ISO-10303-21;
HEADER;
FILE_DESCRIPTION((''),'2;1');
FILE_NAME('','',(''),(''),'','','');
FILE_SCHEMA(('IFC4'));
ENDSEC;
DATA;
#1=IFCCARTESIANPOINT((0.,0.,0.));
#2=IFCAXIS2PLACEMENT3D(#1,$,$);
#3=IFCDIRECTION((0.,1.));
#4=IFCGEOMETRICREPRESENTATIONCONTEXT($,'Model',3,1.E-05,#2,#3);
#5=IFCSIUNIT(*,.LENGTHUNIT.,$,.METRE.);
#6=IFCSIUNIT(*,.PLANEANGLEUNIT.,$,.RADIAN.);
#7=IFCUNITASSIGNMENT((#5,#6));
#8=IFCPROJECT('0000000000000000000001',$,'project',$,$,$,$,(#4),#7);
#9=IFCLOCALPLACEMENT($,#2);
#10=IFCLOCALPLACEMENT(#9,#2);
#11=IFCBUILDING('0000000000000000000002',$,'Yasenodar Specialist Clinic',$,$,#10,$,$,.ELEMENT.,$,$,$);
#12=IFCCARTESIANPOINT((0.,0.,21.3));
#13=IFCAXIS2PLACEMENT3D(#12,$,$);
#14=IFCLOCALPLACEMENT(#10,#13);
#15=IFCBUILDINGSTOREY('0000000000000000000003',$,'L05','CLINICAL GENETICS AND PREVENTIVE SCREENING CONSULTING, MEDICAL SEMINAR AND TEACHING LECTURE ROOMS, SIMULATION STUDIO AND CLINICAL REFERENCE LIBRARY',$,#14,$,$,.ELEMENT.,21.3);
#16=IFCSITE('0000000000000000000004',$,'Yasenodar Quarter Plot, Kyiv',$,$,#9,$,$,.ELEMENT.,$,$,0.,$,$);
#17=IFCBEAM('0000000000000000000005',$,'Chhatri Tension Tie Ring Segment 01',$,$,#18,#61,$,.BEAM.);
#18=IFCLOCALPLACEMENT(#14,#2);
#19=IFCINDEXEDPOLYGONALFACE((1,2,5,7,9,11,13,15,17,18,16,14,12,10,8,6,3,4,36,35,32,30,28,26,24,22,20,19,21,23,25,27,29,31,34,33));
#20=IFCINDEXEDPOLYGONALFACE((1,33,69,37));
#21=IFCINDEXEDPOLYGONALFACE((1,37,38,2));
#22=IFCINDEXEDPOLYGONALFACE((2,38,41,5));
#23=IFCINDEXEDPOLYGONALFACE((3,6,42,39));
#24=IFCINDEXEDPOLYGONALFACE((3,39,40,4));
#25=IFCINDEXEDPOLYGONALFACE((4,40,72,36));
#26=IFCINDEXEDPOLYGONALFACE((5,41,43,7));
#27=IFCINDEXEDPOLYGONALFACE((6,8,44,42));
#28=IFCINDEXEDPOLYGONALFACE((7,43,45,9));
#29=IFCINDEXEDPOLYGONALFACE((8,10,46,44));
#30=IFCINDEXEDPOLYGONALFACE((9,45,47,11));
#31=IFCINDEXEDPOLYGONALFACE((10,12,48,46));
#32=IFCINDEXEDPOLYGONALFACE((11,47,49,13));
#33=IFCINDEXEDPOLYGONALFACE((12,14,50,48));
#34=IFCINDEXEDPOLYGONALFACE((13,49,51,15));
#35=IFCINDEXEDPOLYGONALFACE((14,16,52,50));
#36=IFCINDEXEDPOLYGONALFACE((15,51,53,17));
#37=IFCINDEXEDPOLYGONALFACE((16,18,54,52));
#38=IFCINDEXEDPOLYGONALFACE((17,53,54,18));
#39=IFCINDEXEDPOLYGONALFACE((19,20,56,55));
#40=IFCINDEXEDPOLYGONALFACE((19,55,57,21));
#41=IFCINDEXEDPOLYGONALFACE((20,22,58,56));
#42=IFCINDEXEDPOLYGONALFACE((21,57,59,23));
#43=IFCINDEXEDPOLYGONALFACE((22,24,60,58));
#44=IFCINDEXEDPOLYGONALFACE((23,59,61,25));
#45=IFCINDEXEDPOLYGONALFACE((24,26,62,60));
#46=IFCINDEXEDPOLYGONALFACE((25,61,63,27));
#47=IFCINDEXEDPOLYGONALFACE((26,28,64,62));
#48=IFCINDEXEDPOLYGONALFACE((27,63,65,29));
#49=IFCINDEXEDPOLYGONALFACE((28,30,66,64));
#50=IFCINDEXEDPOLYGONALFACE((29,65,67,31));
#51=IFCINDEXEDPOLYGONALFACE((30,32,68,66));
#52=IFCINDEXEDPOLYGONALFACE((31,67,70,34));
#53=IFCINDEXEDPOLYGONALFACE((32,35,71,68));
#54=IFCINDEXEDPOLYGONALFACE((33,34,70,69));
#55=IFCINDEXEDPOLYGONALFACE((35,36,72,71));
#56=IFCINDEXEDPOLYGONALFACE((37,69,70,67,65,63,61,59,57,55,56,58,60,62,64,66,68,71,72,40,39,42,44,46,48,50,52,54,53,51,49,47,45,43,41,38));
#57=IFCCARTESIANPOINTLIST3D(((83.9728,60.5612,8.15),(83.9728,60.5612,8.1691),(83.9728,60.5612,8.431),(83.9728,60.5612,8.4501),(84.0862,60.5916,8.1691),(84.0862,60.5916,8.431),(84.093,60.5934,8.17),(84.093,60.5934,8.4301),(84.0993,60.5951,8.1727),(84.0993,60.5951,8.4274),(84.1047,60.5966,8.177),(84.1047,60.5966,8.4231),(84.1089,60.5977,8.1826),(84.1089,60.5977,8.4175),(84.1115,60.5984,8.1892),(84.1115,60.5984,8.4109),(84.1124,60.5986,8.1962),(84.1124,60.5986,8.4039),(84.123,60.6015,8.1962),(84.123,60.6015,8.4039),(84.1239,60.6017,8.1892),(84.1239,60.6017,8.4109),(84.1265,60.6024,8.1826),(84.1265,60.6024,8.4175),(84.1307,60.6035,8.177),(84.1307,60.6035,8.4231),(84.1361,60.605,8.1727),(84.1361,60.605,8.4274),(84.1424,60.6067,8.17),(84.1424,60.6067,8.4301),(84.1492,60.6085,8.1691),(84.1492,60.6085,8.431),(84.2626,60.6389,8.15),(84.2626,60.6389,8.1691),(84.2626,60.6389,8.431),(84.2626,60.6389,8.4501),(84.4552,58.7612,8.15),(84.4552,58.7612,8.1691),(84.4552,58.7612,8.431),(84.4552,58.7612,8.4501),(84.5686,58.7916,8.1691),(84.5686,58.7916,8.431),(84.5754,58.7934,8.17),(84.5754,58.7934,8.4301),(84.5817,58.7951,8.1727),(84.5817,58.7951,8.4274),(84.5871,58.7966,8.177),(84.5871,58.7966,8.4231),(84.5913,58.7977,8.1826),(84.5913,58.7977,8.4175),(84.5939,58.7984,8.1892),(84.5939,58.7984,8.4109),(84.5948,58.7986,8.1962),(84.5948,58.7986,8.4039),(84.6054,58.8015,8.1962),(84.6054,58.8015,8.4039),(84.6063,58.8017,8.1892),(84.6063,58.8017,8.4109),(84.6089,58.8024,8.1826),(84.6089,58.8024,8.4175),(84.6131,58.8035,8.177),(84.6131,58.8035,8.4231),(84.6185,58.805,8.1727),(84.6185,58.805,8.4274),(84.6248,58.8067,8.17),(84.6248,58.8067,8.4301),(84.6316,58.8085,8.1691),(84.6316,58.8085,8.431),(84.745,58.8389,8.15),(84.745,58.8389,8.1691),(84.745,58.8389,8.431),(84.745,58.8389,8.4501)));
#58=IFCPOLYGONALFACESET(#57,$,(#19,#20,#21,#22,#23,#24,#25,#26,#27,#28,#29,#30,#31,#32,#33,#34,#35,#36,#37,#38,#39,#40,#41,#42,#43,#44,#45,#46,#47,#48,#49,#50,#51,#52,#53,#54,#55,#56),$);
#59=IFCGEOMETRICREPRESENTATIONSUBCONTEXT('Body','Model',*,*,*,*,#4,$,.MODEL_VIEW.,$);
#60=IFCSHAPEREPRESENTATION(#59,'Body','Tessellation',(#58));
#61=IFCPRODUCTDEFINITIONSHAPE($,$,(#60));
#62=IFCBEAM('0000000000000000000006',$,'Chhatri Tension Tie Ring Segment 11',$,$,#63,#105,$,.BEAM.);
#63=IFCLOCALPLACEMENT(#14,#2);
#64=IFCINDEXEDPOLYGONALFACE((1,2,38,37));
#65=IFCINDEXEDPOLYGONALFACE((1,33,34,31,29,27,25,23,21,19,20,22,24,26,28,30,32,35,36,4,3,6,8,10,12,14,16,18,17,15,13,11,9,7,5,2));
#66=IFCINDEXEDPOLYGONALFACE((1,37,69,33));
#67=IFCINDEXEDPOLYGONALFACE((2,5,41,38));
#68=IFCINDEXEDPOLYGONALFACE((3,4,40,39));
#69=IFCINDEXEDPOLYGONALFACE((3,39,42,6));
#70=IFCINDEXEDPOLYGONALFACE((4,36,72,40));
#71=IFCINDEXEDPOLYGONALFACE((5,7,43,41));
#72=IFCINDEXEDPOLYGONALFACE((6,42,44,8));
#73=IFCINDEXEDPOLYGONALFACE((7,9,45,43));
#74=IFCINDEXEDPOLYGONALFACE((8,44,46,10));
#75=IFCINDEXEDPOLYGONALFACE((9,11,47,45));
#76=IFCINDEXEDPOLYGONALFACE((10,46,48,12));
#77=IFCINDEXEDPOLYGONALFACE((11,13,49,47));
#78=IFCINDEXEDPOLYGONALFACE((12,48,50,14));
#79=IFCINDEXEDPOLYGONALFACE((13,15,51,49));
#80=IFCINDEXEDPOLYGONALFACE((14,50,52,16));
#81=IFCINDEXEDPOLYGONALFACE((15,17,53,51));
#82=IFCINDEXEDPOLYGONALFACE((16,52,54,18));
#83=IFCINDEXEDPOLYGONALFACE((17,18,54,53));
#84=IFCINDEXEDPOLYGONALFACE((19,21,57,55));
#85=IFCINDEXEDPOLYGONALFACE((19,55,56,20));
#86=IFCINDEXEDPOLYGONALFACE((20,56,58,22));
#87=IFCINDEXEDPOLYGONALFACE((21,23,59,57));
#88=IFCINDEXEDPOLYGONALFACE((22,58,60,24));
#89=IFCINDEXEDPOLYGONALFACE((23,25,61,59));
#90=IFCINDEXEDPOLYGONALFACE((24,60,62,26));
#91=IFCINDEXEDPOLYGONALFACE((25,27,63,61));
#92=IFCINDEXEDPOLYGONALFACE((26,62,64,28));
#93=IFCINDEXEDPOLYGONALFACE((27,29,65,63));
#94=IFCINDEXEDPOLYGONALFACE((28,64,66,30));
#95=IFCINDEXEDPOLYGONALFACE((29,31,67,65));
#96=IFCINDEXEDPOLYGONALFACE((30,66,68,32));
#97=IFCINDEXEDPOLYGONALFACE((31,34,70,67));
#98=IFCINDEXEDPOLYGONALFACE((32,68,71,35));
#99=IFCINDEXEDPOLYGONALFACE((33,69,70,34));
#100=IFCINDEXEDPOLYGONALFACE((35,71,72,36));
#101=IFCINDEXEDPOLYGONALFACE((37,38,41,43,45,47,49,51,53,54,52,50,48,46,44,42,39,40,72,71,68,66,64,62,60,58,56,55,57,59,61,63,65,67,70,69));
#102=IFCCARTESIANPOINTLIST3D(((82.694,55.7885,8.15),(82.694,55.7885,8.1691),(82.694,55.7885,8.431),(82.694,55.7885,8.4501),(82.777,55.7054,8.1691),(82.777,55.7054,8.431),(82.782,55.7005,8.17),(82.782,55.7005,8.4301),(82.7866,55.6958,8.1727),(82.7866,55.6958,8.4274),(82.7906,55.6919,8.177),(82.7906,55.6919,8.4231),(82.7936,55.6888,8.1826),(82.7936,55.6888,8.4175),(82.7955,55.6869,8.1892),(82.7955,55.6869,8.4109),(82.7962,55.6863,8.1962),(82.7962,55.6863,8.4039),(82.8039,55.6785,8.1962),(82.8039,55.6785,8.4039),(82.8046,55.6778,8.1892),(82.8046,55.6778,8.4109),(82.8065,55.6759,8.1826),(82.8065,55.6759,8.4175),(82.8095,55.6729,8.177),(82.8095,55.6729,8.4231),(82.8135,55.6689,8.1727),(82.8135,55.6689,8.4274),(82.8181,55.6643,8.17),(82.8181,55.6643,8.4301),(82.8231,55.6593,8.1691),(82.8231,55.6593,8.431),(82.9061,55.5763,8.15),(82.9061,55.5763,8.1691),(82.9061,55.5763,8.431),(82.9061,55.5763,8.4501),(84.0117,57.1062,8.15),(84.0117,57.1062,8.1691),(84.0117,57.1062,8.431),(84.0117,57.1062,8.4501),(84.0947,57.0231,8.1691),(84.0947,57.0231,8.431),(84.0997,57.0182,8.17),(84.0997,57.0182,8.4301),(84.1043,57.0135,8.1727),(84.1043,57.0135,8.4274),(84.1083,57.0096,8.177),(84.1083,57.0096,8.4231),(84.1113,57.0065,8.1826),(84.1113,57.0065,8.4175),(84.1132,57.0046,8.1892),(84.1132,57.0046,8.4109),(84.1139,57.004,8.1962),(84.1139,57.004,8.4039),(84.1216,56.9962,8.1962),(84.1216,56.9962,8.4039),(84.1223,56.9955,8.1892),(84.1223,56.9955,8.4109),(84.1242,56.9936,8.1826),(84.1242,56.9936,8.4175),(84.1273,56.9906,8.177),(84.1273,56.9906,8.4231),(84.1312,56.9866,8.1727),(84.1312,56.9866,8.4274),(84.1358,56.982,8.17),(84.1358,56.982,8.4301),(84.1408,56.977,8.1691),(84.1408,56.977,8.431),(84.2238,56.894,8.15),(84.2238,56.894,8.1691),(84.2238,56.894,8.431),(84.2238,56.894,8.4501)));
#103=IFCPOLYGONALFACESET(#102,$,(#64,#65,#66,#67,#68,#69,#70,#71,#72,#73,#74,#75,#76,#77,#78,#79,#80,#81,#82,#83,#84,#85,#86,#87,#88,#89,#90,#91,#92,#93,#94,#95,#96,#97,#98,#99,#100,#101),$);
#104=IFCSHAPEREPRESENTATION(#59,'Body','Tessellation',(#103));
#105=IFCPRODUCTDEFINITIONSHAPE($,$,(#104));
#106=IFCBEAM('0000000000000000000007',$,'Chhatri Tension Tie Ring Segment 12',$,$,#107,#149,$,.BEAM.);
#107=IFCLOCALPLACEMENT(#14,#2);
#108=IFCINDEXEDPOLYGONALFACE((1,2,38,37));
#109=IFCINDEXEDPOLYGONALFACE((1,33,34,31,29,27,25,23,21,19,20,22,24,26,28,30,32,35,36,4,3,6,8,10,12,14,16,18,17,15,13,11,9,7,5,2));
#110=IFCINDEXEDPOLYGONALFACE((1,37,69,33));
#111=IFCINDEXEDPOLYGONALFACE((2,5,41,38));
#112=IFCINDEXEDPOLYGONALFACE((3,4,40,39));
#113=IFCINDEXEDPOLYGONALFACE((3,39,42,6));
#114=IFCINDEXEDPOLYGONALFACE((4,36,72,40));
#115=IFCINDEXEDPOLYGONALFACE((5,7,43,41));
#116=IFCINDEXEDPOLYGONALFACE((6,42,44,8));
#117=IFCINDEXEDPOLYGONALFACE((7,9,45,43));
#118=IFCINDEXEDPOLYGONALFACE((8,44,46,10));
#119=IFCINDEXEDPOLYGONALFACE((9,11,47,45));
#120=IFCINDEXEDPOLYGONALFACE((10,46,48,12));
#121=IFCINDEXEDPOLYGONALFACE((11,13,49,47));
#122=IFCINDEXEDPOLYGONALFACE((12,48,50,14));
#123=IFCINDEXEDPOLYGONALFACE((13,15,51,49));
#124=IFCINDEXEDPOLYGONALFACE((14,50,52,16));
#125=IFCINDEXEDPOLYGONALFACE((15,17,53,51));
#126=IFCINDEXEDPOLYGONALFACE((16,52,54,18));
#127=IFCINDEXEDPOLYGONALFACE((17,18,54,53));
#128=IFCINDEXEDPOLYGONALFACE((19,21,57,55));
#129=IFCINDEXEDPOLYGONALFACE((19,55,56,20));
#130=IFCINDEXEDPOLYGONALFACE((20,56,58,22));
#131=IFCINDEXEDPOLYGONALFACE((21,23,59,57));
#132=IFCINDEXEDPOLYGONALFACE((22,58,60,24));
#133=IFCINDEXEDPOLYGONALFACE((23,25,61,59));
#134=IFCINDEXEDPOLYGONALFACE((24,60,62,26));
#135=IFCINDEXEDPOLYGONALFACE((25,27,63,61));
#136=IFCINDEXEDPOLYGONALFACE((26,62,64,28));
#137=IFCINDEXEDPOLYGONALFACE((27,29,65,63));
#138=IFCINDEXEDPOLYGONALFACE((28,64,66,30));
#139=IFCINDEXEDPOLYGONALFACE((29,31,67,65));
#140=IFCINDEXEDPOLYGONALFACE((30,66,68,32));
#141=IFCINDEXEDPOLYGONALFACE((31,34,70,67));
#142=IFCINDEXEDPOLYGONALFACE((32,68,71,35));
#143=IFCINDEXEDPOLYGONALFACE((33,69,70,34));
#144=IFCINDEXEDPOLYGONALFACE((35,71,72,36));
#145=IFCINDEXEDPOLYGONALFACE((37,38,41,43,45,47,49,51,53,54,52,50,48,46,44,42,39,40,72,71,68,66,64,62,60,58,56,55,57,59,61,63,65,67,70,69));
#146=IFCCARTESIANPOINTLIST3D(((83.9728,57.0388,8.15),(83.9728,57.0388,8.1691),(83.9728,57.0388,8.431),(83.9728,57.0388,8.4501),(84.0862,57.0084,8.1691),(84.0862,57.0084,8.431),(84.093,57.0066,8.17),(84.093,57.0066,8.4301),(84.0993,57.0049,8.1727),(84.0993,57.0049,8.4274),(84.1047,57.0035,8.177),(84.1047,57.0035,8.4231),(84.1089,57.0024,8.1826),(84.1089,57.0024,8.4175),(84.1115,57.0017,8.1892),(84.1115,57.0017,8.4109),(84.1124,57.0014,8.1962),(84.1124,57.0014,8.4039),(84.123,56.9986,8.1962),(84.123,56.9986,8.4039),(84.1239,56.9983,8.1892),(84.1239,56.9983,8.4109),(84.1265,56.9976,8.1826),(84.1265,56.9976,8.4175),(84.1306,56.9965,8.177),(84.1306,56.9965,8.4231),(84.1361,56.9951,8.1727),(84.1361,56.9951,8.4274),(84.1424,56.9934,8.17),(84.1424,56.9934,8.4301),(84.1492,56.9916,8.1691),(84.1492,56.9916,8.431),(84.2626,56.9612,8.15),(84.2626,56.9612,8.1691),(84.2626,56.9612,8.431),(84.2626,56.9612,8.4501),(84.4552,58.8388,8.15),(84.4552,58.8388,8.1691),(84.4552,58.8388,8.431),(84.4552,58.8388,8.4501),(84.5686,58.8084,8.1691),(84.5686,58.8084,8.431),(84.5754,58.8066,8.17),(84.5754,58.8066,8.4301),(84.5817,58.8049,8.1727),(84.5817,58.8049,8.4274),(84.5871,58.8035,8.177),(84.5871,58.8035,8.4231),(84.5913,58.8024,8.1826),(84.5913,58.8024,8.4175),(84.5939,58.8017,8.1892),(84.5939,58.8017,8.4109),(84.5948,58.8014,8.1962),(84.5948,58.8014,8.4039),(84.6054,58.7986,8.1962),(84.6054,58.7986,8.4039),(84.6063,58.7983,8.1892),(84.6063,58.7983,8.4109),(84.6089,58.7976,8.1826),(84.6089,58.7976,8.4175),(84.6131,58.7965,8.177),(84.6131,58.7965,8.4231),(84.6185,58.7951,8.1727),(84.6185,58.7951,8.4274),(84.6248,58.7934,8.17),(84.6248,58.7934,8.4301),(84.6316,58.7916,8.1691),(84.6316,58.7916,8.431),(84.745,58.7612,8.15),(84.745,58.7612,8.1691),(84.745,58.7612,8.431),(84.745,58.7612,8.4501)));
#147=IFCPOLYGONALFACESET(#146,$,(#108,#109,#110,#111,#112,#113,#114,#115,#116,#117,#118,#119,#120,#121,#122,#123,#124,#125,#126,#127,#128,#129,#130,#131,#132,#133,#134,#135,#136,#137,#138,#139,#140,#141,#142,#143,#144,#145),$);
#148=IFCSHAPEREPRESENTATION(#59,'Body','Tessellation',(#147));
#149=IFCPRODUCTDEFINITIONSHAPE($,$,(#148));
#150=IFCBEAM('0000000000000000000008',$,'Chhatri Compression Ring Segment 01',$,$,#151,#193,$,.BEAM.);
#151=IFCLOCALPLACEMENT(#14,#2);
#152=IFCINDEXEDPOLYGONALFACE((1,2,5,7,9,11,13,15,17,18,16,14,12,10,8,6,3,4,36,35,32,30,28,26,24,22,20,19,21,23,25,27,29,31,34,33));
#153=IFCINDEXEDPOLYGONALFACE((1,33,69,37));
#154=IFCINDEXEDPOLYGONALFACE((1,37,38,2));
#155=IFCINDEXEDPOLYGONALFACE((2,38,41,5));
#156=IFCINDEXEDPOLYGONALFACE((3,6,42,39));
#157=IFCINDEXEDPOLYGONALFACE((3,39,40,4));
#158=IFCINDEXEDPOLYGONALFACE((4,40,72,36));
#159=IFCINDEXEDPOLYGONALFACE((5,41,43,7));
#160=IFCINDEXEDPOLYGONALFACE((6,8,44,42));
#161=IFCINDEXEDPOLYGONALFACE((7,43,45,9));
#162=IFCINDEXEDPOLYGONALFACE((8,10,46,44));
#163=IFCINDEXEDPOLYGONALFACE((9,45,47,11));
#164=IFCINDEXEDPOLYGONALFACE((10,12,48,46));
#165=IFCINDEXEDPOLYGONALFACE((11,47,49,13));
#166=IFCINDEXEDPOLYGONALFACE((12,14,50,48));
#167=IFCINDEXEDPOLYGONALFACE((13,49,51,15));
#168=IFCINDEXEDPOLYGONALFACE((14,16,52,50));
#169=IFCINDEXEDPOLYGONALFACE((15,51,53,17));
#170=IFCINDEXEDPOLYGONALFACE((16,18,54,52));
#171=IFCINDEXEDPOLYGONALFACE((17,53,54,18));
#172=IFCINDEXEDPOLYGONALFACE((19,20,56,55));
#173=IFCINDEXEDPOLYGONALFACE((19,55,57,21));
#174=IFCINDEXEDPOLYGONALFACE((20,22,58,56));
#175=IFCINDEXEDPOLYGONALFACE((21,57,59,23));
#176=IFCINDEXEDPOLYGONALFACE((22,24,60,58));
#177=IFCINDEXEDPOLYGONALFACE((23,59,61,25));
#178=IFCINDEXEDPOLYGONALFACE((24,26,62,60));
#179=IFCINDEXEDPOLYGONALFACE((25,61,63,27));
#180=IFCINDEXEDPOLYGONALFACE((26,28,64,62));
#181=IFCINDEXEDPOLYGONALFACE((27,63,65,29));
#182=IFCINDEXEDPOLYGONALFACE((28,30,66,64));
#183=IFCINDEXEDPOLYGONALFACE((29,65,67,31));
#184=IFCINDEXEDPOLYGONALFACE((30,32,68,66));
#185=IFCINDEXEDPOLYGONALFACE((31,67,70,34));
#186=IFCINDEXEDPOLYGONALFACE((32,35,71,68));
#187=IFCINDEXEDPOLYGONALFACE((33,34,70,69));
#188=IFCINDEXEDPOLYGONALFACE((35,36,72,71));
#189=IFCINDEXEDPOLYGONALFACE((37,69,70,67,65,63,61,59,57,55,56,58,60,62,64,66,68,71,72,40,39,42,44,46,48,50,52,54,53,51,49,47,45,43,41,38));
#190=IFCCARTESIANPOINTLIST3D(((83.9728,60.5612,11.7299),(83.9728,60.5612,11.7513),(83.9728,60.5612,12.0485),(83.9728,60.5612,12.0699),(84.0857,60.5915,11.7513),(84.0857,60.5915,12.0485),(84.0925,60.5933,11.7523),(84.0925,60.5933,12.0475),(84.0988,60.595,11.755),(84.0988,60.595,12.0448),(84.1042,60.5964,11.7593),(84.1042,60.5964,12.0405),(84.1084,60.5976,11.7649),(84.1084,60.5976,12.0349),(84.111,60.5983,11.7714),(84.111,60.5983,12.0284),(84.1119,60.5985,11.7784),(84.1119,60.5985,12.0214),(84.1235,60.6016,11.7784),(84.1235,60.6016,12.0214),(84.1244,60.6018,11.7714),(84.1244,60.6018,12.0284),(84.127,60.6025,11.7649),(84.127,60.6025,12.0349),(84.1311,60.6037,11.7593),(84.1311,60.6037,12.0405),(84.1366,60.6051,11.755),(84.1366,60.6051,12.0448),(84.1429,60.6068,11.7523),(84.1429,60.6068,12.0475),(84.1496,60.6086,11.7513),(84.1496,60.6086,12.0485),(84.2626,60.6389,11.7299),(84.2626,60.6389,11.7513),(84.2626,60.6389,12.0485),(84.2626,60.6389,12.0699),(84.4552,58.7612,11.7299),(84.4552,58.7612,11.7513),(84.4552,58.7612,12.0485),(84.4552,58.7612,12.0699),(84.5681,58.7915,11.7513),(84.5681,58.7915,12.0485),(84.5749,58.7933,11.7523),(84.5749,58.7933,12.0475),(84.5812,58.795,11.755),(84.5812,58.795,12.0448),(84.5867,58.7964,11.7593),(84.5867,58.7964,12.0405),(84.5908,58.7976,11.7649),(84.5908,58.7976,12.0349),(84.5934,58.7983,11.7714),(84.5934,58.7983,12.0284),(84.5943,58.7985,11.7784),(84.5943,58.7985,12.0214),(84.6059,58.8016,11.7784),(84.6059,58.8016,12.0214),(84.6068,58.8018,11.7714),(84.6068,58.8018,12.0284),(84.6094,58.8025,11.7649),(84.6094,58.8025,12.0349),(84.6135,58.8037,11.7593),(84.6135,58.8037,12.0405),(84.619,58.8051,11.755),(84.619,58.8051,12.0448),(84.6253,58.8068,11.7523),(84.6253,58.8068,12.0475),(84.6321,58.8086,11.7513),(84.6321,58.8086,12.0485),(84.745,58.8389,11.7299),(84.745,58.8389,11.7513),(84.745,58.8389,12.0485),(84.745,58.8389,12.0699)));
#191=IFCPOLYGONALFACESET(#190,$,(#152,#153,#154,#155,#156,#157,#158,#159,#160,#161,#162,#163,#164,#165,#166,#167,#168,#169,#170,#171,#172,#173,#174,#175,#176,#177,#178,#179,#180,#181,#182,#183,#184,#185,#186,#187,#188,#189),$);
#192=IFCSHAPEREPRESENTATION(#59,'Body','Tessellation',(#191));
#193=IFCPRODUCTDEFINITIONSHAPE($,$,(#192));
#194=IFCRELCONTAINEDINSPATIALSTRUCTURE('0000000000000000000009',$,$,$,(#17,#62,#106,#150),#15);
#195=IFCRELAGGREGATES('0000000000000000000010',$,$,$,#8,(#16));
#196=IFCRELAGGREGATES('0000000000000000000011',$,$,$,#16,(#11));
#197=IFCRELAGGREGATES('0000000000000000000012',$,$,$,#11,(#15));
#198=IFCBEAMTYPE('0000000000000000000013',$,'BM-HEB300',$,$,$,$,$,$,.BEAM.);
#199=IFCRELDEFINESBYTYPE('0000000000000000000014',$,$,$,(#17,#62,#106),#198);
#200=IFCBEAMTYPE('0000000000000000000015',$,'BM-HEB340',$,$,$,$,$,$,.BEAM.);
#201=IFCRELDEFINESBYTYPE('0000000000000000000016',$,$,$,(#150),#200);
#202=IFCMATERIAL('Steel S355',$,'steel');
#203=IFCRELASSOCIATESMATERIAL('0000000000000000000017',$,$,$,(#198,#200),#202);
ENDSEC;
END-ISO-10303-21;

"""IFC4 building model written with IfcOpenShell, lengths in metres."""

from ifc_helpers import new_model, si_unit, direction, frame, origin, origin_2d, place, context, subcontext, project, spatial, i_section, extrude, material, material_profile, profile_set, type_object, element, save


model = new_model("IFC4")

# Units and contexts
model_context = context("Model", 3, precision=1e-05, world=origin(), true_north=direction((0.0, 1.0)))
body_context = subcontext(model_context, "Body", "Model", "MODEL_VIEW")
ifc_project = project(units=[si_unit("LENGTHUNIT", "METRE"), si_unit("PLANEANGLEUNIT", "RADIAN")], contexts=[model_context])

# Site, building, storey
site_placement = place(None, origin())
site = spatial("IfcSite", under=ifc_project, at=site_placement, Name="Yasenodar Quarter Plot, Kyiv", CompositionType="ELEMENT", RefElevation=0.0)
building_placement = place(site_placement, origin())
building = spatial("IfcBuilding", under=site, at=building_placement, Name="Yasenodar Specialist Clinic", CompositionType="ELEMENT")
storey_placement = place(building_placement, frame((0.0, 0.0, 21.3)))
storey = spatial("IfcBuildingStorey", under=building, at=storey_placement, Name="L05", Description="CLINICAL GENETICS AND PREVENTIVE SCREENING CONSULTING, MEDICAL SEMINAR AND TEACHING LECTURE ROOMS, SIMULATION STUDIO AND CLINICAL REFERENCE LIBRARY", CompositionType="ELEMENT", Elevation=21.3)

# Beams
ifc_material = material(Name="Steel S355", Category="steel")
ifc_material_profile_1 = material_profile(ifc_material, i_section(OverallWidth=0.3, OverallDepth=0.3, WebThickness=0.011, FlangeThickness=0.019, FilletRadius=0.0271, at=origin_2d()), Name="HEB 300")
ifc_profile_set_1 = profile_set([ifc_material_profile_1], Name="Steel S355")
beam_type_1 = type_object("IfcBeamType", Name="BM-HEB300", PredefinedType="BEAM", material=ifc_profile_set_1)
for number, where, z_axis, x_axis, name in (
    (1, (84.6001, 58.8, 8.3), (-0.258869, 0.965912, 0.0), (-0.965912, -0.258869, 0.0), "Chhatri Tension Tie Ring Segment 01"),
    (2, (82.8, 55.6824, 8.3), (0.707107, 0.707107, 0.0), (-0.707107, 0.707107, 0.0), "Chhatri Tension Tie Ring Segment 11"),
    (3, (84.1177, 57.0, 8.3), (0.258869, 0.965912, 0.0), (-0.965912, 0.258869, 0.0), "Chhatri Tension Tie Ring Segment 12"),
):
    element("IfcBeam", number, at=place(storey_placement, frame(where, z_axis=z_axis, x_axis=x_axis)), inside=storey, type_object=beam_type_1, Name=name, PredefinedType="BEAM", context=body_context, shape_type="SweptSolid", body=[
        extrude(i_section(OverallWidth=0.3, OverallDepth=0.3, WebThickness=0.011, FlangeThickness=0.019, FilletRadius=0.0271, at=origin_2d()), origin(), (0.0, 0.0, 1.0), 1.8635),
    ])
ifc_material_profile_2 = material_profile(ifc_material, i_section(OverallWidth=0.3, OverallDepth=0.3401, WebThickness=0.012, FlangeThickness=0.0215, FilletRadius=0.0271, at=origin_2d()), Name="HEB 340")
ifc_profile_set_2 = profile_set([ifc_material_profile_2], Name="Steel S355")
beam_type_2 = type_object("IfcBeamType", Name="BM-HEB340", PredefinedType="BEAM", material=ifc_profile_set_2)
for number, where, z_axis, x_axis, name in (
    (4, (84.6001, 58.8, 11.8999), (-0.258869, 0.965912, 0.0), (-0.965912, -0.258869, 0.0), "Chhatri Compression Ring Segment 01"),
):
    element("IfcBeam", number, at=place(storey_placement, frame(where, z_axis=z_axis, x_axis=x_axis)), inside=storey, type_object=beam_type_2, Name=name, PredefinedType="BEAM", context=body_context, shape_type="SweptSolid", body=[
        extrude(i_section(OverallWidth=0.3, OverallDepth=0.3401, WebThickness=0.012, FlangeThickness=0.0215, FilletRadius=0.0271, at=origin_2d()), origin(), (0.0, 0.0, 1.0), 1.8635),
    ])

save(model, "model.ifc")
